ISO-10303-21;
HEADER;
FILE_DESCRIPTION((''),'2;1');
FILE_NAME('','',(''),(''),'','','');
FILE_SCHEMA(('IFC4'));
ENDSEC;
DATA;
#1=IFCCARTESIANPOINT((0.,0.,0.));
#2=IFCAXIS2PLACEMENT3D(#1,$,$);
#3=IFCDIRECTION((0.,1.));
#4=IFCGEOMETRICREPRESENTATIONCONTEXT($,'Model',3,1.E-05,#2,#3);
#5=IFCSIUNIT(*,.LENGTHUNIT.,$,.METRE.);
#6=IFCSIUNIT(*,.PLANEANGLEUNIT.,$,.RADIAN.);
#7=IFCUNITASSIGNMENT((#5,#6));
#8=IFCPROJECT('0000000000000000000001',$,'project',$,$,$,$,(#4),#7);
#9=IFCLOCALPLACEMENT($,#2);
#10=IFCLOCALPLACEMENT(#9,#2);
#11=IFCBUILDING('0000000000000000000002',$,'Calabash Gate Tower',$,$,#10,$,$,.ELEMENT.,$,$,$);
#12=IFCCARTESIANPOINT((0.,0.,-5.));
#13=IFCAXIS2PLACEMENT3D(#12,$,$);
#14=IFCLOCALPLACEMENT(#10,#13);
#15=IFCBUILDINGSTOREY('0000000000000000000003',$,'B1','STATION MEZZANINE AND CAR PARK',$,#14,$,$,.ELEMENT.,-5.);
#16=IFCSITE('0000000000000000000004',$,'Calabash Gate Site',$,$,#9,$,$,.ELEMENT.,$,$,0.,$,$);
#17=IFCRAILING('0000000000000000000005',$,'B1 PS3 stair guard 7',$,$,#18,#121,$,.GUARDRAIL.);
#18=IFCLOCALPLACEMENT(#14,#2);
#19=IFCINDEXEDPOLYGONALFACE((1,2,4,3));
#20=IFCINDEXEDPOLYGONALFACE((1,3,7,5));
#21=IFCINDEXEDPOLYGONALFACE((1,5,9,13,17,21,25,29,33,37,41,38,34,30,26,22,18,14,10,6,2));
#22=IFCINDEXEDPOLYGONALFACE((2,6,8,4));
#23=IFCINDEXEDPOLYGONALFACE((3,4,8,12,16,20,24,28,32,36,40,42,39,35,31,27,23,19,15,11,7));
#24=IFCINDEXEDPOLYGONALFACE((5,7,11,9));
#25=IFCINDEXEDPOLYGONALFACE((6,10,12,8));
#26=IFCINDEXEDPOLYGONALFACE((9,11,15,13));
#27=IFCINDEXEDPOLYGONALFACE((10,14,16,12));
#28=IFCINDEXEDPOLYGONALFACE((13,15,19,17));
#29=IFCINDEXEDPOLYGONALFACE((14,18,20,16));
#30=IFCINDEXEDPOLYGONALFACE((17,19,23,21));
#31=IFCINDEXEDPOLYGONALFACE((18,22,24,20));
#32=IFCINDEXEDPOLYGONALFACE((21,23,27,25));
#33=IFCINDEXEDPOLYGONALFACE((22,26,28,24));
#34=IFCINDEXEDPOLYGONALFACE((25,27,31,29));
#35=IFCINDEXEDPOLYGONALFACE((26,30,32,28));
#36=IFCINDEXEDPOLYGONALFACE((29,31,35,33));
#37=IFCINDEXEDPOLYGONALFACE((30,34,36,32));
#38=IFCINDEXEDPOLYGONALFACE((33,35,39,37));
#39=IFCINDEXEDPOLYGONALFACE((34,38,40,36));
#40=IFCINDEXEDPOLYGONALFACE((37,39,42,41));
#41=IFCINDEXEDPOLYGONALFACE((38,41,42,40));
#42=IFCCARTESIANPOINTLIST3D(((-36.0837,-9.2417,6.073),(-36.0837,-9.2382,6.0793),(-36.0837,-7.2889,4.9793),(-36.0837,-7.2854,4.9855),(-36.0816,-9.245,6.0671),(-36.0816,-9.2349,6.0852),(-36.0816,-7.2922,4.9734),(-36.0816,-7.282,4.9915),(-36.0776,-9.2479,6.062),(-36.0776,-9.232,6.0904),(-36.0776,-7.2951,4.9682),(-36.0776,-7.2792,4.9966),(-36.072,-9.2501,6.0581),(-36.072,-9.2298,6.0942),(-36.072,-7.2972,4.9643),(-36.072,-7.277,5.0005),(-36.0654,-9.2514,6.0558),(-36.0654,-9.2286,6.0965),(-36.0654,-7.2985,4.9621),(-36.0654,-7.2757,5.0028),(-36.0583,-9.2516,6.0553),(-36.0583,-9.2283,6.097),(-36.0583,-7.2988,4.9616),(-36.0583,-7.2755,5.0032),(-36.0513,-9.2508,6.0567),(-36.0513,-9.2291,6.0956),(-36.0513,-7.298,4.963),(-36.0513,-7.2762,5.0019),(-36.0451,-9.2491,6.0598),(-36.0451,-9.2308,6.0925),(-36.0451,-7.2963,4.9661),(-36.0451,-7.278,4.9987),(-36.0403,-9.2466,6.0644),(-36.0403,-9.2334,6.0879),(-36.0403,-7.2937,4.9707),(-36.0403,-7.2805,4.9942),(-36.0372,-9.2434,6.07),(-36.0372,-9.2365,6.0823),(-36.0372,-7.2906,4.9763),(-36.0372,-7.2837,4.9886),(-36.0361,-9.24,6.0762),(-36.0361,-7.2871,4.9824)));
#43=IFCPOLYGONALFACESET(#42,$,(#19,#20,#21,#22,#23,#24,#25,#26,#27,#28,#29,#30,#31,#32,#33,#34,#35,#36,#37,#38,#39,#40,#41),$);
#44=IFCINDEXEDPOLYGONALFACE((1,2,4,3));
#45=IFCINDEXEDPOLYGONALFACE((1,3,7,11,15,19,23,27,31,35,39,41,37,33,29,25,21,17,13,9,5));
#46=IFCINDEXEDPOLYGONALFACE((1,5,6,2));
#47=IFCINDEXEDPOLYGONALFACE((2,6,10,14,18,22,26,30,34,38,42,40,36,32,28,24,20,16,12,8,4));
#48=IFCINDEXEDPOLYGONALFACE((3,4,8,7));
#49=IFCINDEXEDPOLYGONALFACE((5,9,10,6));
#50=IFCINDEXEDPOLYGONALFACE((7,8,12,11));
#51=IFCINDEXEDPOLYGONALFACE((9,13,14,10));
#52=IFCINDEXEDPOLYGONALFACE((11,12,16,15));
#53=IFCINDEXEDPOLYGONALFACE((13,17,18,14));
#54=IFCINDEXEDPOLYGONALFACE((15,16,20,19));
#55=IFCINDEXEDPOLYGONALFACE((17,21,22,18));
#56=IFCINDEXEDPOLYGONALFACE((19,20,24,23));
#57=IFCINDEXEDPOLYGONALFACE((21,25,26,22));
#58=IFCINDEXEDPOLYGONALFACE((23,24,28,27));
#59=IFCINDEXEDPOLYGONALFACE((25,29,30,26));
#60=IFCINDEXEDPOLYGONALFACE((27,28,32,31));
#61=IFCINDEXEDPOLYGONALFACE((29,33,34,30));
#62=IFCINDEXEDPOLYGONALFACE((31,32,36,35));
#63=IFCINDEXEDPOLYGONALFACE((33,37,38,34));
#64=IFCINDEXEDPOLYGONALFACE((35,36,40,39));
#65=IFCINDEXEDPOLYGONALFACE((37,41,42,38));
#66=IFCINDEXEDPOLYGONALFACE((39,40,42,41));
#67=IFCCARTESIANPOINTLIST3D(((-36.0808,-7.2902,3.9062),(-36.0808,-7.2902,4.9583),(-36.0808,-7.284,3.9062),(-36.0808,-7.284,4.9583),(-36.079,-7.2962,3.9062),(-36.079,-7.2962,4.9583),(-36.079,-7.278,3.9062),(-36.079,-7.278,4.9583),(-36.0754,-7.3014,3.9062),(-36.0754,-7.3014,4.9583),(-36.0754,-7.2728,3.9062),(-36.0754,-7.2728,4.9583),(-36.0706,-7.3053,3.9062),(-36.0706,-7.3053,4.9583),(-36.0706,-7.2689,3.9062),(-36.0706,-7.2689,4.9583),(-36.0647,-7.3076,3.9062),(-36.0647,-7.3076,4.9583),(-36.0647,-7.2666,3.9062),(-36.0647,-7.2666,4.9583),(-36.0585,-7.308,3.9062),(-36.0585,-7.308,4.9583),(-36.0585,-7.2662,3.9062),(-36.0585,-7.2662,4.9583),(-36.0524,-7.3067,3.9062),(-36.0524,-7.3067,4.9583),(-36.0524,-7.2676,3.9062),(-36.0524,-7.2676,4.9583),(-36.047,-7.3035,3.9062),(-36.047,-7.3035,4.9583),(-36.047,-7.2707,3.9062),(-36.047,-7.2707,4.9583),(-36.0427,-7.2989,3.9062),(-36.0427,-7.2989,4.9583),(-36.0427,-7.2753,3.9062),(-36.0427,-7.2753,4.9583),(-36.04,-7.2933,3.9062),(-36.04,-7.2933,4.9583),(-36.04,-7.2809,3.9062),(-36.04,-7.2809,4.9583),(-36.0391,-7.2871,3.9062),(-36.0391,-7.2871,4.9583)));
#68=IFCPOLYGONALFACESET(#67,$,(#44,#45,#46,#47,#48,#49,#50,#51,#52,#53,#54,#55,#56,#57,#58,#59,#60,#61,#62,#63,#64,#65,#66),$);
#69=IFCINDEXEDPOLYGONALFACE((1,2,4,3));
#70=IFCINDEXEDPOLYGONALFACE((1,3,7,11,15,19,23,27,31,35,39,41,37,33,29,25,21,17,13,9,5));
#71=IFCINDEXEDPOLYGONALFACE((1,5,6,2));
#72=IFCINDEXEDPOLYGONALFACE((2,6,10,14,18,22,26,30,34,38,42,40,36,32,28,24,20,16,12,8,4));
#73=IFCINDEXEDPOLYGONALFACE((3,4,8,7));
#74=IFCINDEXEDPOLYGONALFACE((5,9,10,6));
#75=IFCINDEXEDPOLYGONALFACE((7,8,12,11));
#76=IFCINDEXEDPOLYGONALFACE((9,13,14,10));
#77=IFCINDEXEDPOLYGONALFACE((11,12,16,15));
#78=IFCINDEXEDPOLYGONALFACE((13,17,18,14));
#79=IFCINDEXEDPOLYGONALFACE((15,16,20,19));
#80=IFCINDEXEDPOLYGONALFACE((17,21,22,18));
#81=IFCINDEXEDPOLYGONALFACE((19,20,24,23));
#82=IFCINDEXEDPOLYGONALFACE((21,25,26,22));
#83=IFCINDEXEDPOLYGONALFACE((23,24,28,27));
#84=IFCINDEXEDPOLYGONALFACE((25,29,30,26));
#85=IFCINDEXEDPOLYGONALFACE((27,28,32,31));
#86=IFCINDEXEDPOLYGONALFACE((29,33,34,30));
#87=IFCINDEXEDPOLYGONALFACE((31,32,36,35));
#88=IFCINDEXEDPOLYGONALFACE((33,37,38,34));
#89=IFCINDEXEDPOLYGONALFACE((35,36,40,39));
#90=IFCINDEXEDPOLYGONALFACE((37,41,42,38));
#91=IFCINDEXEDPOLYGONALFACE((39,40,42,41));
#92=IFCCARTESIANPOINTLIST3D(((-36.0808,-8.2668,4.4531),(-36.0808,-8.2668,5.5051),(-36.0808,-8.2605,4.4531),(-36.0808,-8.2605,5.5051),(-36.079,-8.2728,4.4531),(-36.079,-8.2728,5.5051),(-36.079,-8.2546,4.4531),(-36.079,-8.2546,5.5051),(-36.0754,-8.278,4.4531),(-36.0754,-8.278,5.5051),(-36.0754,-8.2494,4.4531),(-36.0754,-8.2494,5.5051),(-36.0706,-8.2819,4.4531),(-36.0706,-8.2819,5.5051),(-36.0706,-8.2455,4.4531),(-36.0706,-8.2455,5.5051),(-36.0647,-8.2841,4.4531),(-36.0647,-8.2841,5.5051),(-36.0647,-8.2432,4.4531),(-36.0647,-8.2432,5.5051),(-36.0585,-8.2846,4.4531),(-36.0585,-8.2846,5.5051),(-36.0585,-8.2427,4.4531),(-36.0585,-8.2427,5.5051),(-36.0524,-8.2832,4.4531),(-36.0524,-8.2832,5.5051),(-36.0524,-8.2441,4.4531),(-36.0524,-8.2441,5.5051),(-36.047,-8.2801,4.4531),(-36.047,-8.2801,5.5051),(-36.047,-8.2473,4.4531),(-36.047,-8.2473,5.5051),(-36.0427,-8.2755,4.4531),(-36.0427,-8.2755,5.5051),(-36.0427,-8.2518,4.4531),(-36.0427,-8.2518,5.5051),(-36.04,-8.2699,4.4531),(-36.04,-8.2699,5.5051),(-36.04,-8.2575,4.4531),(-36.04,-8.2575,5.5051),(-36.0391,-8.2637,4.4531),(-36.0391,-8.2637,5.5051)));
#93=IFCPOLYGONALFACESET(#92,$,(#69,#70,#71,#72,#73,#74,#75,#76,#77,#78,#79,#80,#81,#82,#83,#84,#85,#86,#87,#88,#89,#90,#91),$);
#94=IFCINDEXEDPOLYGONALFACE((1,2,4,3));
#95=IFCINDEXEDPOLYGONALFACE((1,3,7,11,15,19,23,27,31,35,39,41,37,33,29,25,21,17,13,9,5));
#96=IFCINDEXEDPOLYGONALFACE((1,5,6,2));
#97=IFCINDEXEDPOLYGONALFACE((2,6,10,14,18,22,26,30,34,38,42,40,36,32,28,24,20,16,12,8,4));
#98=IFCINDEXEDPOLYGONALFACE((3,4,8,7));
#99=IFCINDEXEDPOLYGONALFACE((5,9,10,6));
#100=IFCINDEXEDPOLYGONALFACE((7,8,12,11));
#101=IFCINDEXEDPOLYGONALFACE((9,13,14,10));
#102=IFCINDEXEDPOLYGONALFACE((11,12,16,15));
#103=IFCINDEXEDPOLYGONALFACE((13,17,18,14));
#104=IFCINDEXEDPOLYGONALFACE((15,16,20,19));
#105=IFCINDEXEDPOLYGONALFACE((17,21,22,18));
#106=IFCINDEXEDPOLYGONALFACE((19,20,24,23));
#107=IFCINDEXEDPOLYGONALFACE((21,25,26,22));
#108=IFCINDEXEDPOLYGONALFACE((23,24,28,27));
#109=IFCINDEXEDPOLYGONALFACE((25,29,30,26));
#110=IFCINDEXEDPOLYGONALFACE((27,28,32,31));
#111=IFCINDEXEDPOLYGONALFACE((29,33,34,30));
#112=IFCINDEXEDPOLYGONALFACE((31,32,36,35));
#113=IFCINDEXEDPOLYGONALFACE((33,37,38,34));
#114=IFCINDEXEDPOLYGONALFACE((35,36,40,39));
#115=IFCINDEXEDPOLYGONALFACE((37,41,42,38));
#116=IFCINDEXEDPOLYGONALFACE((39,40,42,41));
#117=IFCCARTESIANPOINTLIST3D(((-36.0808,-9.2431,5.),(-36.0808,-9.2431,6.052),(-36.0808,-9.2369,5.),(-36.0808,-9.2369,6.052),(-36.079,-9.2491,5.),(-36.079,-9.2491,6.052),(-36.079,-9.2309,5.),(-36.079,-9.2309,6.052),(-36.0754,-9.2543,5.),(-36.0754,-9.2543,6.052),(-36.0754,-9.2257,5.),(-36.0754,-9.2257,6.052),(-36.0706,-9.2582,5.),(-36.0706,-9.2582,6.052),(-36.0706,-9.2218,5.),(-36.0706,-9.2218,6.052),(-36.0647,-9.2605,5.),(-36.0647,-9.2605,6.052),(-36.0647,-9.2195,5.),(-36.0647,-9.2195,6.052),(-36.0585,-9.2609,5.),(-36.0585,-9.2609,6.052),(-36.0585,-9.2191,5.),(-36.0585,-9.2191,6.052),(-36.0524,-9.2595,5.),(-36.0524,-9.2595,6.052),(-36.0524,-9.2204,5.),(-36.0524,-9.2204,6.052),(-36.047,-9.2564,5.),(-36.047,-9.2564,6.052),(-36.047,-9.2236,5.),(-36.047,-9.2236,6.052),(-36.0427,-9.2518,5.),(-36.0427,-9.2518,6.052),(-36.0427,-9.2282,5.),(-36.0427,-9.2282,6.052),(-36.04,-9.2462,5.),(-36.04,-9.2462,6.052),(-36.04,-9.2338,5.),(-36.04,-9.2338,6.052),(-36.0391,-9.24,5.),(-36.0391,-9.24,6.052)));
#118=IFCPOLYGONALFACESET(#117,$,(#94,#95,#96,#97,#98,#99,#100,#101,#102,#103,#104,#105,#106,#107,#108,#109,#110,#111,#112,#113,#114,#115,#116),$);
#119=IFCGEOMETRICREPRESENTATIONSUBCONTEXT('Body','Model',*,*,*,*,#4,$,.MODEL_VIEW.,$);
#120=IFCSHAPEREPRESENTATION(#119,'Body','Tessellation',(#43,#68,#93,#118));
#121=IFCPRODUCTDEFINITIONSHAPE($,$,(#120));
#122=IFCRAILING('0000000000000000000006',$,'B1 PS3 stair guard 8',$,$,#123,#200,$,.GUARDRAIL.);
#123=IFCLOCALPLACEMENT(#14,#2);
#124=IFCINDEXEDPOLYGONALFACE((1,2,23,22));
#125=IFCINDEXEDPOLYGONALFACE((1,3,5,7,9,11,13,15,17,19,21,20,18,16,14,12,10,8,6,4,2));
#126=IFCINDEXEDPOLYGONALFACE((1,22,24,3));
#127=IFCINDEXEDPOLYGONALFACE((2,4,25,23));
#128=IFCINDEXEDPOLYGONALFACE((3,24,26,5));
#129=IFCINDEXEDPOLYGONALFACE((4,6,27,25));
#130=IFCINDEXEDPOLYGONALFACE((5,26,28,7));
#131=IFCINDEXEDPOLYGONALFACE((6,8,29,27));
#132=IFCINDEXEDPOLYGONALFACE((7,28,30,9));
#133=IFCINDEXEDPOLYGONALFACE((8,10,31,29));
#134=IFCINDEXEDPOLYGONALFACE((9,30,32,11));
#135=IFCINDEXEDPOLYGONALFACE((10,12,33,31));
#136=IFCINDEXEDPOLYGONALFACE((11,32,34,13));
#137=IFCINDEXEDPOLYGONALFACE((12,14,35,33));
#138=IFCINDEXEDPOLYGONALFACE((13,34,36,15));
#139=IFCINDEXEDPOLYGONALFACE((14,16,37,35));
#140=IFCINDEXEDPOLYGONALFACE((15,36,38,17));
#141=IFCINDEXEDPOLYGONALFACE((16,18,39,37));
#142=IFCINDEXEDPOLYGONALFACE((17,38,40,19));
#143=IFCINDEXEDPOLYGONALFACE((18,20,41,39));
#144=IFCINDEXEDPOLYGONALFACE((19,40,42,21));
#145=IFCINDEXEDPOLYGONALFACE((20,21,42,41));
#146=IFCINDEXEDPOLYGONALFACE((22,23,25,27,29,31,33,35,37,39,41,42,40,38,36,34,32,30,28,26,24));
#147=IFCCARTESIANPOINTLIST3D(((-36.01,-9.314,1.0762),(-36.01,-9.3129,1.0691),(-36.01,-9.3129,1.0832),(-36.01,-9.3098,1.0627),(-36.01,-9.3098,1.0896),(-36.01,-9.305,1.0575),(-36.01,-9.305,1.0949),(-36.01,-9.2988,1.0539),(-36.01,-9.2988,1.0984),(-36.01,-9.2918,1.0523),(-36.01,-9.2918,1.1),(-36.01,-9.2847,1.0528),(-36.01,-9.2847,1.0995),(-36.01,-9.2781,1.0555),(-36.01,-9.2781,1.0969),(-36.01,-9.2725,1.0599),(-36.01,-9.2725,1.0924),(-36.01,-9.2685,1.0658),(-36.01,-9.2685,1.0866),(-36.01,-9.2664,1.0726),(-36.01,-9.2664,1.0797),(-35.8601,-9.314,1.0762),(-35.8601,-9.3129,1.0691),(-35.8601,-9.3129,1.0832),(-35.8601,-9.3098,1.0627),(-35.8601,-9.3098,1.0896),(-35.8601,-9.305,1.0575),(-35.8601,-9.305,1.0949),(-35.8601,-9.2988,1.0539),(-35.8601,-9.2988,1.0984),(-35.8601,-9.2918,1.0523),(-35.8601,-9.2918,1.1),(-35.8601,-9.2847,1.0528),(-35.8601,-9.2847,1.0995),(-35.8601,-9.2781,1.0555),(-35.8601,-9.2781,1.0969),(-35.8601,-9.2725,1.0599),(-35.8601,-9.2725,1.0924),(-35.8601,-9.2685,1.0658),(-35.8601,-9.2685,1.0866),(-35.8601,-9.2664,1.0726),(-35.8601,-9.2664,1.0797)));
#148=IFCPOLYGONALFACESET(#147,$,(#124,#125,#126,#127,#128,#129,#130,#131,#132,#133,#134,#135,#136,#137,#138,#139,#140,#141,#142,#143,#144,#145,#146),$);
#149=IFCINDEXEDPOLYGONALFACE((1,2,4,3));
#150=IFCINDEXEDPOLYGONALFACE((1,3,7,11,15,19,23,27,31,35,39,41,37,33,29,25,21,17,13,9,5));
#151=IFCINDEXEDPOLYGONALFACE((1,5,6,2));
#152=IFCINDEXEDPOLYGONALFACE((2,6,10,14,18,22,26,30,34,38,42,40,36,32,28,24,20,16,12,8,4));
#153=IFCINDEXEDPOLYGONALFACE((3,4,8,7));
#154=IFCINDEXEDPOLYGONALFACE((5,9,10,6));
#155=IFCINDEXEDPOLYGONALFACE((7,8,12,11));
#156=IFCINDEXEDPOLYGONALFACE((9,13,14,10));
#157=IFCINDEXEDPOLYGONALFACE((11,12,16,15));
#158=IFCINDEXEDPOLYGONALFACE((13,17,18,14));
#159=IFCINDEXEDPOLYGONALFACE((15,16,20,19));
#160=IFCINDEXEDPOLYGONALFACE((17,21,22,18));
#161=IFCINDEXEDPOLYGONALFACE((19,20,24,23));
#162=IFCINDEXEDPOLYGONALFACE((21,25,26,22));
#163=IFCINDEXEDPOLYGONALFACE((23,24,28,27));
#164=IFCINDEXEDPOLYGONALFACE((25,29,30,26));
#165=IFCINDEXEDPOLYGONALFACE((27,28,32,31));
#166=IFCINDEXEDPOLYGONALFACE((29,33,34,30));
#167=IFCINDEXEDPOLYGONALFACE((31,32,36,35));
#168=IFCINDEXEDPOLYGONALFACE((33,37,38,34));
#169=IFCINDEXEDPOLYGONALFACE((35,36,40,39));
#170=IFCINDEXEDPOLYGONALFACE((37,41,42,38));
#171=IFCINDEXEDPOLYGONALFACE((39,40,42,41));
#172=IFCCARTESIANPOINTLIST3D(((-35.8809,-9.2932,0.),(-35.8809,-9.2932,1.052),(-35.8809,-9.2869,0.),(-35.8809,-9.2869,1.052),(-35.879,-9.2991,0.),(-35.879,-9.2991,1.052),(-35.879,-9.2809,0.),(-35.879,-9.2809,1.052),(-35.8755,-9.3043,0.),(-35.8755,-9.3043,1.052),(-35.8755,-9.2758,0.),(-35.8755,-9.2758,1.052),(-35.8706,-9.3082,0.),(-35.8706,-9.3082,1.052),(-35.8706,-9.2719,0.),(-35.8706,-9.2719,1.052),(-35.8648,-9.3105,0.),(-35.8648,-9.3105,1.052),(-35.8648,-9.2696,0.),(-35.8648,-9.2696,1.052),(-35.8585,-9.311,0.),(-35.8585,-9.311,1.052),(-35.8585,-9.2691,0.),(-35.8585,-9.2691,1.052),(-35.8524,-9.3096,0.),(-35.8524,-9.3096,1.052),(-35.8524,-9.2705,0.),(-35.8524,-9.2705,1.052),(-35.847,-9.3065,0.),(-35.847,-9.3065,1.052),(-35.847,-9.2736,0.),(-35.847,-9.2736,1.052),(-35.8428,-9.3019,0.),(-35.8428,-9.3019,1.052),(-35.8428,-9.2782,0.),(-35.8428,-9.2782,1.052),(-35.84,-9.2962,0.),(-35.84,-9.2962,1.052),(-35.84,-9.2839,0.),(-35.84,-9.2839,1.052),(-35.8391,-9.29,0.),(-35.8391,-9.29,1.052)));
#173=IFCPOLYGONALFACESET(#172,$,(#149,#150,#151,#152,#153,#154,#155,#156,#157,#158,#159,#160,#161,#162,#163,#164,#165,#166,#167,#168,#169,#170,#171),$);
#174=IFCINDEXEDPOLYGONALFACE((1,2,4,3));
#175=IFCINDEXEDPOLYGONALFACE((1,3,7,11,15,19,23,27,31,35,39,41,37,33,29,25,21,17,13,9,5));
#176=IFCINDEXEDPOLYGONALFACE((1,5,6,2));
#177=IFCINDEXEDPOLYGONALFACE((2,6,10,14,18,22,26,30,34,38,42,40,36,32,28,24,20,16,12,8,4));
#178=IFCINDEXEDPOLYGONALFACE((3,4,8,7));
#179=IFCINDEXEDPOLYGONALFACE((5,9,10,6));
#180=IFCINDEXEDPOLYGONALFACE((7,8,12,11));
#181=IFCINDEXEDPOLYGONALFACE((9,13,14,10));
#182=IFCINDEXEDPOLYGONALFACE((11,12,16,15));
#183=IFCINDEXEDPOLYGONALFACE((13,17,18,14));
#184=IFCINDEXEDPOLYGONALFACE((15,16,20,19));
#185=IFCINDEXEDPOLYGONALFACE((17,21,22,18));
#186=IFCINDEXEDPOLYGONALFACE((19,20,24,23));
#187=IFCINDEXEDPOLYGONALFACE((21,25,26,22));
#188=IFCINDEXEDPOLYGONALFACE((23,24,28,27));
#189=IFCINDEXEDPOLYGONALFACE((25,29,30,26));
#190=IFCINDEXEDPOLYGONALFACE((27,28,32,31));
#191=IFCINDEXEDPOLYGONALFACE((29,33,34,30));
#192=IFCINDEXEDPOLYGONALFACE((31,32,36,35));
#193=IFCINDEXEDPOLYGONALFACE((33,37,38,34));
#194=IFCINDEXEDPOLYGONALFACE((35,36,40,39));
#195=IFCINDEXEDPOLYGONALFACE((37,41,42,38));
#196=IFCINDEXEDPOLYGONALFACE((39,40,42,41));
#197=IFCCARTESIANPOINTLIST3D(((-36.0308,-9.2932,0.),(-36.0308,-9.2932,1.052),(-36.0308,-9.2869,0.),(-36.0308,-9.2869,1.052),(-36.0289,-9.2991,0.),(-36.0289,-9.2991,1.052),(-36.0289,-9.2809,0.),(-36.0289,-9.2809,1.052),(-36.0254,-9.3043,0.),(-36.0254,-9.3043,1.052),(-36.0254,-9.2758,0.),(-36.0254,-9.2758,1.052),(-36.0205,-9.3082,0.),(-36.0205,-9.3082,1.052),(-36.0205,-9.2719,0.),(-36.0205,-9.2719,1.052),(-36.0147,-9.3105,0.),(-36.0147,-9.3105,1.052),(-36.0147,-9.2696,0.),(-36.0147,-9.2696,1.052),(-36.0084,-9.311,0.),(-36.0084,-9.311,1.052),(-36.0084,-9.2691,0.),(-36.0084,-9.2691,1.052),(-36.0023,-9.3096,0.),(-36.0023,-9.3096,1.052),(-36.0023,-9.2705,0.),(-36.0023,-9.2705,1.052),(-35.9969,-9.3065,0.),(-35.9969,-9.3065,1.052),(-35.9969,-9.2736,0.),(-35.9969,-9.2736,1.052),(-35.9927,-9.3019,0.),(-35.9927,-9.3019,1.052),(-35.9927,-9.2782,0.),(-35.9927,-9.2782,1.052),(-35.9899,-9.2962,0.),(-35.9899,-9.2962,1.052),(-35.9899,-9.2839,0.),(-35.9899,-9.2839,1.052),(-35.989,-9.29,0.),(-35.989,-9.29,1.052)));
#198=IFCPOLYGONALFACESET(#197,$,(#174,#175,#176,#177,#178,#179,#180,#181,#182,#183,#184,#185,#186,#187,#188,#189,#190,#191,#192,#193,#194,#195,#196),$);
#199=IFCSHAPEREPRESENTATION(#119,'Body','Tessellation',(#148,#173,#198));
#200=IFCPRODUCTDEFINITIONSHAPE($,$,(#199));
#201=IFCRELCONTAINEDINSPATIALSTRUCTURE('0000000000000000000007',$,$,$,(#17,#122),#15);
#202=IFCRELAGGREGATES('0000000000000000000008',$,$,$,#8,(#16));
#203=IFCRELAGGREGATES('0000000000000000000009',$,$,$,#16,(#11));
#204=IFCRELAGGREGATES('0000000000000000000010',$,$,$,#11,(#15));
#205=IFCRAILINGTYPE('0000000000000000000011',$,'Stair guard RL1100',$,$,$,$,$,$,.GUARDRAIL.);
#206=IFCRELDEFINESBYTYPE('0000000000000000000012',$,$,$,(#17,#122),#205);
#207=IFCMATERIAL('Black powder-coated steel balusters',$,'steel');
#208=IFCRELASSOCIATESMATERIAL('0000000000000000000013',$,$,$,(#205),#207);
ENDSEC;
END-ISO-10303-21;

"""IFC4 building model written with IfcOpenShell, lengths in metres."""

from ifc_helpers import new_model, si_unit, direction, frame, origin, origin_2d, place, context, subcontext, project, spatial, circle, extrude, material, type_object, element, save


model = new_model("IFC4")

# Units and contexts
model_context = context("Model", 3, precision=1e-05, world=origin(), true_north=direction((0.0, 1.0)))
body_context = subcontext(model_context, "Body", "Model", "MODEL_VIEW")
ifc_project = project(units=[si_unit("LENGTHUNIT", "METRE"), si_unit("PLANEANGLEUNIT", "RADIAN")], contexts=[model_context])

# Site, building, storey
site_placement = place(None, origin())
site = spatial("IfcSite", under=ifc_project, at=site_placement, Name="Calabash Gate Site", CompositionType="ELEMENT", RefElevation=0.0)
building_placement = place(site_placement, origin())
building = spatial("IfcBuilding", under=site, at=building_placement, Name="Calabash Gate Tower", CompositionType="ELEMENT")
storey_placement = place(building_placement, frame((0.0, 0.0, -5.0)))
storey = spatial("IfcBuildingStorey", under=building, at=storey_placement, Name="B1", Description="STATION MEZZANINE AND CAR PARK", CompositionType="ELEMENT", Elevation=-5.0)

# Railings
ifc_material_1 = material(Name="Black powder-coated steel balusters", Category="steel")
railing_type_1 = type_object("IfcRailingType", Name="Stair guard RL1100", PredefinedType="GUARDRAIL", material=ifc_material_1)
railing_1_placement = place(storey_placement, frame((-36.0601, -7.2871, 3.9062)))
element("IfcRailing", 1, at=railing_1_placement, inside=storey, type_object=railing_type_1, Name="B1 PS3 stair guard 7", PredefinedType="GUARDRAIL", context=body_context, shape_type="SweptSolid", body=[
    extrude(circle(Radius=0.0239, at=origin_2d()), frame((0.0, 0.0, 1.0762), z_axis=(0.0, -0.87248, 0.48865), x_axis=(1.0, 0.0, 0.0)), (0.0, 0.0, 1.0), 2.2383),
    extrude(circle(Radius=0.021, at=origin_2d()), origin(), (0.0, 0.0, 1.0), 1.052),
    extrude(circle(Radius=0.021, at=origin_2d()), frame((0.0, -0.9766, 0.5469)), (0.0, 0.0, 1.0), 1.052),
    extrude(circle(Radius=0.021, at=origin_2d()), frame((0.0, -1.9529, 1.0938)), (0.0, 0.0, 1.0), 1.052),
])
railing_2_placement = place(storey_placement, frame((-35.8601, -9.29, 0.0)))
element("IfcRailing", 2, at=railing_2_placement, inside=storey, type_object=railing_type_1, Name="B1 PS3 stair guard 8", PredefinedType="GUARDRAIL", context=body_context, shape_type="SweptSolid", body=[
    extrude(circle(Radius=0.0239, at=origin_2d()), frame((0.0, 0.0, 1.0762), z_axis=(-1.0, 0.0, 0.0), x_axis=(0.0, -1.0, 0.0)), (0.0, 0.0, 1.0), 0.1499),
    extrude(circle(Radius=0.021, at=origin_2d()), origin(), (0.0, 0.0, 1.0), 1.052),
    extrude(circle(Radius=0.021, at=origin_2d()), frame((-0.1499, 0.0, 0.0)), (0.0, 0.0, 1.0), 1.052),
])

save(model, "model.ifc")
